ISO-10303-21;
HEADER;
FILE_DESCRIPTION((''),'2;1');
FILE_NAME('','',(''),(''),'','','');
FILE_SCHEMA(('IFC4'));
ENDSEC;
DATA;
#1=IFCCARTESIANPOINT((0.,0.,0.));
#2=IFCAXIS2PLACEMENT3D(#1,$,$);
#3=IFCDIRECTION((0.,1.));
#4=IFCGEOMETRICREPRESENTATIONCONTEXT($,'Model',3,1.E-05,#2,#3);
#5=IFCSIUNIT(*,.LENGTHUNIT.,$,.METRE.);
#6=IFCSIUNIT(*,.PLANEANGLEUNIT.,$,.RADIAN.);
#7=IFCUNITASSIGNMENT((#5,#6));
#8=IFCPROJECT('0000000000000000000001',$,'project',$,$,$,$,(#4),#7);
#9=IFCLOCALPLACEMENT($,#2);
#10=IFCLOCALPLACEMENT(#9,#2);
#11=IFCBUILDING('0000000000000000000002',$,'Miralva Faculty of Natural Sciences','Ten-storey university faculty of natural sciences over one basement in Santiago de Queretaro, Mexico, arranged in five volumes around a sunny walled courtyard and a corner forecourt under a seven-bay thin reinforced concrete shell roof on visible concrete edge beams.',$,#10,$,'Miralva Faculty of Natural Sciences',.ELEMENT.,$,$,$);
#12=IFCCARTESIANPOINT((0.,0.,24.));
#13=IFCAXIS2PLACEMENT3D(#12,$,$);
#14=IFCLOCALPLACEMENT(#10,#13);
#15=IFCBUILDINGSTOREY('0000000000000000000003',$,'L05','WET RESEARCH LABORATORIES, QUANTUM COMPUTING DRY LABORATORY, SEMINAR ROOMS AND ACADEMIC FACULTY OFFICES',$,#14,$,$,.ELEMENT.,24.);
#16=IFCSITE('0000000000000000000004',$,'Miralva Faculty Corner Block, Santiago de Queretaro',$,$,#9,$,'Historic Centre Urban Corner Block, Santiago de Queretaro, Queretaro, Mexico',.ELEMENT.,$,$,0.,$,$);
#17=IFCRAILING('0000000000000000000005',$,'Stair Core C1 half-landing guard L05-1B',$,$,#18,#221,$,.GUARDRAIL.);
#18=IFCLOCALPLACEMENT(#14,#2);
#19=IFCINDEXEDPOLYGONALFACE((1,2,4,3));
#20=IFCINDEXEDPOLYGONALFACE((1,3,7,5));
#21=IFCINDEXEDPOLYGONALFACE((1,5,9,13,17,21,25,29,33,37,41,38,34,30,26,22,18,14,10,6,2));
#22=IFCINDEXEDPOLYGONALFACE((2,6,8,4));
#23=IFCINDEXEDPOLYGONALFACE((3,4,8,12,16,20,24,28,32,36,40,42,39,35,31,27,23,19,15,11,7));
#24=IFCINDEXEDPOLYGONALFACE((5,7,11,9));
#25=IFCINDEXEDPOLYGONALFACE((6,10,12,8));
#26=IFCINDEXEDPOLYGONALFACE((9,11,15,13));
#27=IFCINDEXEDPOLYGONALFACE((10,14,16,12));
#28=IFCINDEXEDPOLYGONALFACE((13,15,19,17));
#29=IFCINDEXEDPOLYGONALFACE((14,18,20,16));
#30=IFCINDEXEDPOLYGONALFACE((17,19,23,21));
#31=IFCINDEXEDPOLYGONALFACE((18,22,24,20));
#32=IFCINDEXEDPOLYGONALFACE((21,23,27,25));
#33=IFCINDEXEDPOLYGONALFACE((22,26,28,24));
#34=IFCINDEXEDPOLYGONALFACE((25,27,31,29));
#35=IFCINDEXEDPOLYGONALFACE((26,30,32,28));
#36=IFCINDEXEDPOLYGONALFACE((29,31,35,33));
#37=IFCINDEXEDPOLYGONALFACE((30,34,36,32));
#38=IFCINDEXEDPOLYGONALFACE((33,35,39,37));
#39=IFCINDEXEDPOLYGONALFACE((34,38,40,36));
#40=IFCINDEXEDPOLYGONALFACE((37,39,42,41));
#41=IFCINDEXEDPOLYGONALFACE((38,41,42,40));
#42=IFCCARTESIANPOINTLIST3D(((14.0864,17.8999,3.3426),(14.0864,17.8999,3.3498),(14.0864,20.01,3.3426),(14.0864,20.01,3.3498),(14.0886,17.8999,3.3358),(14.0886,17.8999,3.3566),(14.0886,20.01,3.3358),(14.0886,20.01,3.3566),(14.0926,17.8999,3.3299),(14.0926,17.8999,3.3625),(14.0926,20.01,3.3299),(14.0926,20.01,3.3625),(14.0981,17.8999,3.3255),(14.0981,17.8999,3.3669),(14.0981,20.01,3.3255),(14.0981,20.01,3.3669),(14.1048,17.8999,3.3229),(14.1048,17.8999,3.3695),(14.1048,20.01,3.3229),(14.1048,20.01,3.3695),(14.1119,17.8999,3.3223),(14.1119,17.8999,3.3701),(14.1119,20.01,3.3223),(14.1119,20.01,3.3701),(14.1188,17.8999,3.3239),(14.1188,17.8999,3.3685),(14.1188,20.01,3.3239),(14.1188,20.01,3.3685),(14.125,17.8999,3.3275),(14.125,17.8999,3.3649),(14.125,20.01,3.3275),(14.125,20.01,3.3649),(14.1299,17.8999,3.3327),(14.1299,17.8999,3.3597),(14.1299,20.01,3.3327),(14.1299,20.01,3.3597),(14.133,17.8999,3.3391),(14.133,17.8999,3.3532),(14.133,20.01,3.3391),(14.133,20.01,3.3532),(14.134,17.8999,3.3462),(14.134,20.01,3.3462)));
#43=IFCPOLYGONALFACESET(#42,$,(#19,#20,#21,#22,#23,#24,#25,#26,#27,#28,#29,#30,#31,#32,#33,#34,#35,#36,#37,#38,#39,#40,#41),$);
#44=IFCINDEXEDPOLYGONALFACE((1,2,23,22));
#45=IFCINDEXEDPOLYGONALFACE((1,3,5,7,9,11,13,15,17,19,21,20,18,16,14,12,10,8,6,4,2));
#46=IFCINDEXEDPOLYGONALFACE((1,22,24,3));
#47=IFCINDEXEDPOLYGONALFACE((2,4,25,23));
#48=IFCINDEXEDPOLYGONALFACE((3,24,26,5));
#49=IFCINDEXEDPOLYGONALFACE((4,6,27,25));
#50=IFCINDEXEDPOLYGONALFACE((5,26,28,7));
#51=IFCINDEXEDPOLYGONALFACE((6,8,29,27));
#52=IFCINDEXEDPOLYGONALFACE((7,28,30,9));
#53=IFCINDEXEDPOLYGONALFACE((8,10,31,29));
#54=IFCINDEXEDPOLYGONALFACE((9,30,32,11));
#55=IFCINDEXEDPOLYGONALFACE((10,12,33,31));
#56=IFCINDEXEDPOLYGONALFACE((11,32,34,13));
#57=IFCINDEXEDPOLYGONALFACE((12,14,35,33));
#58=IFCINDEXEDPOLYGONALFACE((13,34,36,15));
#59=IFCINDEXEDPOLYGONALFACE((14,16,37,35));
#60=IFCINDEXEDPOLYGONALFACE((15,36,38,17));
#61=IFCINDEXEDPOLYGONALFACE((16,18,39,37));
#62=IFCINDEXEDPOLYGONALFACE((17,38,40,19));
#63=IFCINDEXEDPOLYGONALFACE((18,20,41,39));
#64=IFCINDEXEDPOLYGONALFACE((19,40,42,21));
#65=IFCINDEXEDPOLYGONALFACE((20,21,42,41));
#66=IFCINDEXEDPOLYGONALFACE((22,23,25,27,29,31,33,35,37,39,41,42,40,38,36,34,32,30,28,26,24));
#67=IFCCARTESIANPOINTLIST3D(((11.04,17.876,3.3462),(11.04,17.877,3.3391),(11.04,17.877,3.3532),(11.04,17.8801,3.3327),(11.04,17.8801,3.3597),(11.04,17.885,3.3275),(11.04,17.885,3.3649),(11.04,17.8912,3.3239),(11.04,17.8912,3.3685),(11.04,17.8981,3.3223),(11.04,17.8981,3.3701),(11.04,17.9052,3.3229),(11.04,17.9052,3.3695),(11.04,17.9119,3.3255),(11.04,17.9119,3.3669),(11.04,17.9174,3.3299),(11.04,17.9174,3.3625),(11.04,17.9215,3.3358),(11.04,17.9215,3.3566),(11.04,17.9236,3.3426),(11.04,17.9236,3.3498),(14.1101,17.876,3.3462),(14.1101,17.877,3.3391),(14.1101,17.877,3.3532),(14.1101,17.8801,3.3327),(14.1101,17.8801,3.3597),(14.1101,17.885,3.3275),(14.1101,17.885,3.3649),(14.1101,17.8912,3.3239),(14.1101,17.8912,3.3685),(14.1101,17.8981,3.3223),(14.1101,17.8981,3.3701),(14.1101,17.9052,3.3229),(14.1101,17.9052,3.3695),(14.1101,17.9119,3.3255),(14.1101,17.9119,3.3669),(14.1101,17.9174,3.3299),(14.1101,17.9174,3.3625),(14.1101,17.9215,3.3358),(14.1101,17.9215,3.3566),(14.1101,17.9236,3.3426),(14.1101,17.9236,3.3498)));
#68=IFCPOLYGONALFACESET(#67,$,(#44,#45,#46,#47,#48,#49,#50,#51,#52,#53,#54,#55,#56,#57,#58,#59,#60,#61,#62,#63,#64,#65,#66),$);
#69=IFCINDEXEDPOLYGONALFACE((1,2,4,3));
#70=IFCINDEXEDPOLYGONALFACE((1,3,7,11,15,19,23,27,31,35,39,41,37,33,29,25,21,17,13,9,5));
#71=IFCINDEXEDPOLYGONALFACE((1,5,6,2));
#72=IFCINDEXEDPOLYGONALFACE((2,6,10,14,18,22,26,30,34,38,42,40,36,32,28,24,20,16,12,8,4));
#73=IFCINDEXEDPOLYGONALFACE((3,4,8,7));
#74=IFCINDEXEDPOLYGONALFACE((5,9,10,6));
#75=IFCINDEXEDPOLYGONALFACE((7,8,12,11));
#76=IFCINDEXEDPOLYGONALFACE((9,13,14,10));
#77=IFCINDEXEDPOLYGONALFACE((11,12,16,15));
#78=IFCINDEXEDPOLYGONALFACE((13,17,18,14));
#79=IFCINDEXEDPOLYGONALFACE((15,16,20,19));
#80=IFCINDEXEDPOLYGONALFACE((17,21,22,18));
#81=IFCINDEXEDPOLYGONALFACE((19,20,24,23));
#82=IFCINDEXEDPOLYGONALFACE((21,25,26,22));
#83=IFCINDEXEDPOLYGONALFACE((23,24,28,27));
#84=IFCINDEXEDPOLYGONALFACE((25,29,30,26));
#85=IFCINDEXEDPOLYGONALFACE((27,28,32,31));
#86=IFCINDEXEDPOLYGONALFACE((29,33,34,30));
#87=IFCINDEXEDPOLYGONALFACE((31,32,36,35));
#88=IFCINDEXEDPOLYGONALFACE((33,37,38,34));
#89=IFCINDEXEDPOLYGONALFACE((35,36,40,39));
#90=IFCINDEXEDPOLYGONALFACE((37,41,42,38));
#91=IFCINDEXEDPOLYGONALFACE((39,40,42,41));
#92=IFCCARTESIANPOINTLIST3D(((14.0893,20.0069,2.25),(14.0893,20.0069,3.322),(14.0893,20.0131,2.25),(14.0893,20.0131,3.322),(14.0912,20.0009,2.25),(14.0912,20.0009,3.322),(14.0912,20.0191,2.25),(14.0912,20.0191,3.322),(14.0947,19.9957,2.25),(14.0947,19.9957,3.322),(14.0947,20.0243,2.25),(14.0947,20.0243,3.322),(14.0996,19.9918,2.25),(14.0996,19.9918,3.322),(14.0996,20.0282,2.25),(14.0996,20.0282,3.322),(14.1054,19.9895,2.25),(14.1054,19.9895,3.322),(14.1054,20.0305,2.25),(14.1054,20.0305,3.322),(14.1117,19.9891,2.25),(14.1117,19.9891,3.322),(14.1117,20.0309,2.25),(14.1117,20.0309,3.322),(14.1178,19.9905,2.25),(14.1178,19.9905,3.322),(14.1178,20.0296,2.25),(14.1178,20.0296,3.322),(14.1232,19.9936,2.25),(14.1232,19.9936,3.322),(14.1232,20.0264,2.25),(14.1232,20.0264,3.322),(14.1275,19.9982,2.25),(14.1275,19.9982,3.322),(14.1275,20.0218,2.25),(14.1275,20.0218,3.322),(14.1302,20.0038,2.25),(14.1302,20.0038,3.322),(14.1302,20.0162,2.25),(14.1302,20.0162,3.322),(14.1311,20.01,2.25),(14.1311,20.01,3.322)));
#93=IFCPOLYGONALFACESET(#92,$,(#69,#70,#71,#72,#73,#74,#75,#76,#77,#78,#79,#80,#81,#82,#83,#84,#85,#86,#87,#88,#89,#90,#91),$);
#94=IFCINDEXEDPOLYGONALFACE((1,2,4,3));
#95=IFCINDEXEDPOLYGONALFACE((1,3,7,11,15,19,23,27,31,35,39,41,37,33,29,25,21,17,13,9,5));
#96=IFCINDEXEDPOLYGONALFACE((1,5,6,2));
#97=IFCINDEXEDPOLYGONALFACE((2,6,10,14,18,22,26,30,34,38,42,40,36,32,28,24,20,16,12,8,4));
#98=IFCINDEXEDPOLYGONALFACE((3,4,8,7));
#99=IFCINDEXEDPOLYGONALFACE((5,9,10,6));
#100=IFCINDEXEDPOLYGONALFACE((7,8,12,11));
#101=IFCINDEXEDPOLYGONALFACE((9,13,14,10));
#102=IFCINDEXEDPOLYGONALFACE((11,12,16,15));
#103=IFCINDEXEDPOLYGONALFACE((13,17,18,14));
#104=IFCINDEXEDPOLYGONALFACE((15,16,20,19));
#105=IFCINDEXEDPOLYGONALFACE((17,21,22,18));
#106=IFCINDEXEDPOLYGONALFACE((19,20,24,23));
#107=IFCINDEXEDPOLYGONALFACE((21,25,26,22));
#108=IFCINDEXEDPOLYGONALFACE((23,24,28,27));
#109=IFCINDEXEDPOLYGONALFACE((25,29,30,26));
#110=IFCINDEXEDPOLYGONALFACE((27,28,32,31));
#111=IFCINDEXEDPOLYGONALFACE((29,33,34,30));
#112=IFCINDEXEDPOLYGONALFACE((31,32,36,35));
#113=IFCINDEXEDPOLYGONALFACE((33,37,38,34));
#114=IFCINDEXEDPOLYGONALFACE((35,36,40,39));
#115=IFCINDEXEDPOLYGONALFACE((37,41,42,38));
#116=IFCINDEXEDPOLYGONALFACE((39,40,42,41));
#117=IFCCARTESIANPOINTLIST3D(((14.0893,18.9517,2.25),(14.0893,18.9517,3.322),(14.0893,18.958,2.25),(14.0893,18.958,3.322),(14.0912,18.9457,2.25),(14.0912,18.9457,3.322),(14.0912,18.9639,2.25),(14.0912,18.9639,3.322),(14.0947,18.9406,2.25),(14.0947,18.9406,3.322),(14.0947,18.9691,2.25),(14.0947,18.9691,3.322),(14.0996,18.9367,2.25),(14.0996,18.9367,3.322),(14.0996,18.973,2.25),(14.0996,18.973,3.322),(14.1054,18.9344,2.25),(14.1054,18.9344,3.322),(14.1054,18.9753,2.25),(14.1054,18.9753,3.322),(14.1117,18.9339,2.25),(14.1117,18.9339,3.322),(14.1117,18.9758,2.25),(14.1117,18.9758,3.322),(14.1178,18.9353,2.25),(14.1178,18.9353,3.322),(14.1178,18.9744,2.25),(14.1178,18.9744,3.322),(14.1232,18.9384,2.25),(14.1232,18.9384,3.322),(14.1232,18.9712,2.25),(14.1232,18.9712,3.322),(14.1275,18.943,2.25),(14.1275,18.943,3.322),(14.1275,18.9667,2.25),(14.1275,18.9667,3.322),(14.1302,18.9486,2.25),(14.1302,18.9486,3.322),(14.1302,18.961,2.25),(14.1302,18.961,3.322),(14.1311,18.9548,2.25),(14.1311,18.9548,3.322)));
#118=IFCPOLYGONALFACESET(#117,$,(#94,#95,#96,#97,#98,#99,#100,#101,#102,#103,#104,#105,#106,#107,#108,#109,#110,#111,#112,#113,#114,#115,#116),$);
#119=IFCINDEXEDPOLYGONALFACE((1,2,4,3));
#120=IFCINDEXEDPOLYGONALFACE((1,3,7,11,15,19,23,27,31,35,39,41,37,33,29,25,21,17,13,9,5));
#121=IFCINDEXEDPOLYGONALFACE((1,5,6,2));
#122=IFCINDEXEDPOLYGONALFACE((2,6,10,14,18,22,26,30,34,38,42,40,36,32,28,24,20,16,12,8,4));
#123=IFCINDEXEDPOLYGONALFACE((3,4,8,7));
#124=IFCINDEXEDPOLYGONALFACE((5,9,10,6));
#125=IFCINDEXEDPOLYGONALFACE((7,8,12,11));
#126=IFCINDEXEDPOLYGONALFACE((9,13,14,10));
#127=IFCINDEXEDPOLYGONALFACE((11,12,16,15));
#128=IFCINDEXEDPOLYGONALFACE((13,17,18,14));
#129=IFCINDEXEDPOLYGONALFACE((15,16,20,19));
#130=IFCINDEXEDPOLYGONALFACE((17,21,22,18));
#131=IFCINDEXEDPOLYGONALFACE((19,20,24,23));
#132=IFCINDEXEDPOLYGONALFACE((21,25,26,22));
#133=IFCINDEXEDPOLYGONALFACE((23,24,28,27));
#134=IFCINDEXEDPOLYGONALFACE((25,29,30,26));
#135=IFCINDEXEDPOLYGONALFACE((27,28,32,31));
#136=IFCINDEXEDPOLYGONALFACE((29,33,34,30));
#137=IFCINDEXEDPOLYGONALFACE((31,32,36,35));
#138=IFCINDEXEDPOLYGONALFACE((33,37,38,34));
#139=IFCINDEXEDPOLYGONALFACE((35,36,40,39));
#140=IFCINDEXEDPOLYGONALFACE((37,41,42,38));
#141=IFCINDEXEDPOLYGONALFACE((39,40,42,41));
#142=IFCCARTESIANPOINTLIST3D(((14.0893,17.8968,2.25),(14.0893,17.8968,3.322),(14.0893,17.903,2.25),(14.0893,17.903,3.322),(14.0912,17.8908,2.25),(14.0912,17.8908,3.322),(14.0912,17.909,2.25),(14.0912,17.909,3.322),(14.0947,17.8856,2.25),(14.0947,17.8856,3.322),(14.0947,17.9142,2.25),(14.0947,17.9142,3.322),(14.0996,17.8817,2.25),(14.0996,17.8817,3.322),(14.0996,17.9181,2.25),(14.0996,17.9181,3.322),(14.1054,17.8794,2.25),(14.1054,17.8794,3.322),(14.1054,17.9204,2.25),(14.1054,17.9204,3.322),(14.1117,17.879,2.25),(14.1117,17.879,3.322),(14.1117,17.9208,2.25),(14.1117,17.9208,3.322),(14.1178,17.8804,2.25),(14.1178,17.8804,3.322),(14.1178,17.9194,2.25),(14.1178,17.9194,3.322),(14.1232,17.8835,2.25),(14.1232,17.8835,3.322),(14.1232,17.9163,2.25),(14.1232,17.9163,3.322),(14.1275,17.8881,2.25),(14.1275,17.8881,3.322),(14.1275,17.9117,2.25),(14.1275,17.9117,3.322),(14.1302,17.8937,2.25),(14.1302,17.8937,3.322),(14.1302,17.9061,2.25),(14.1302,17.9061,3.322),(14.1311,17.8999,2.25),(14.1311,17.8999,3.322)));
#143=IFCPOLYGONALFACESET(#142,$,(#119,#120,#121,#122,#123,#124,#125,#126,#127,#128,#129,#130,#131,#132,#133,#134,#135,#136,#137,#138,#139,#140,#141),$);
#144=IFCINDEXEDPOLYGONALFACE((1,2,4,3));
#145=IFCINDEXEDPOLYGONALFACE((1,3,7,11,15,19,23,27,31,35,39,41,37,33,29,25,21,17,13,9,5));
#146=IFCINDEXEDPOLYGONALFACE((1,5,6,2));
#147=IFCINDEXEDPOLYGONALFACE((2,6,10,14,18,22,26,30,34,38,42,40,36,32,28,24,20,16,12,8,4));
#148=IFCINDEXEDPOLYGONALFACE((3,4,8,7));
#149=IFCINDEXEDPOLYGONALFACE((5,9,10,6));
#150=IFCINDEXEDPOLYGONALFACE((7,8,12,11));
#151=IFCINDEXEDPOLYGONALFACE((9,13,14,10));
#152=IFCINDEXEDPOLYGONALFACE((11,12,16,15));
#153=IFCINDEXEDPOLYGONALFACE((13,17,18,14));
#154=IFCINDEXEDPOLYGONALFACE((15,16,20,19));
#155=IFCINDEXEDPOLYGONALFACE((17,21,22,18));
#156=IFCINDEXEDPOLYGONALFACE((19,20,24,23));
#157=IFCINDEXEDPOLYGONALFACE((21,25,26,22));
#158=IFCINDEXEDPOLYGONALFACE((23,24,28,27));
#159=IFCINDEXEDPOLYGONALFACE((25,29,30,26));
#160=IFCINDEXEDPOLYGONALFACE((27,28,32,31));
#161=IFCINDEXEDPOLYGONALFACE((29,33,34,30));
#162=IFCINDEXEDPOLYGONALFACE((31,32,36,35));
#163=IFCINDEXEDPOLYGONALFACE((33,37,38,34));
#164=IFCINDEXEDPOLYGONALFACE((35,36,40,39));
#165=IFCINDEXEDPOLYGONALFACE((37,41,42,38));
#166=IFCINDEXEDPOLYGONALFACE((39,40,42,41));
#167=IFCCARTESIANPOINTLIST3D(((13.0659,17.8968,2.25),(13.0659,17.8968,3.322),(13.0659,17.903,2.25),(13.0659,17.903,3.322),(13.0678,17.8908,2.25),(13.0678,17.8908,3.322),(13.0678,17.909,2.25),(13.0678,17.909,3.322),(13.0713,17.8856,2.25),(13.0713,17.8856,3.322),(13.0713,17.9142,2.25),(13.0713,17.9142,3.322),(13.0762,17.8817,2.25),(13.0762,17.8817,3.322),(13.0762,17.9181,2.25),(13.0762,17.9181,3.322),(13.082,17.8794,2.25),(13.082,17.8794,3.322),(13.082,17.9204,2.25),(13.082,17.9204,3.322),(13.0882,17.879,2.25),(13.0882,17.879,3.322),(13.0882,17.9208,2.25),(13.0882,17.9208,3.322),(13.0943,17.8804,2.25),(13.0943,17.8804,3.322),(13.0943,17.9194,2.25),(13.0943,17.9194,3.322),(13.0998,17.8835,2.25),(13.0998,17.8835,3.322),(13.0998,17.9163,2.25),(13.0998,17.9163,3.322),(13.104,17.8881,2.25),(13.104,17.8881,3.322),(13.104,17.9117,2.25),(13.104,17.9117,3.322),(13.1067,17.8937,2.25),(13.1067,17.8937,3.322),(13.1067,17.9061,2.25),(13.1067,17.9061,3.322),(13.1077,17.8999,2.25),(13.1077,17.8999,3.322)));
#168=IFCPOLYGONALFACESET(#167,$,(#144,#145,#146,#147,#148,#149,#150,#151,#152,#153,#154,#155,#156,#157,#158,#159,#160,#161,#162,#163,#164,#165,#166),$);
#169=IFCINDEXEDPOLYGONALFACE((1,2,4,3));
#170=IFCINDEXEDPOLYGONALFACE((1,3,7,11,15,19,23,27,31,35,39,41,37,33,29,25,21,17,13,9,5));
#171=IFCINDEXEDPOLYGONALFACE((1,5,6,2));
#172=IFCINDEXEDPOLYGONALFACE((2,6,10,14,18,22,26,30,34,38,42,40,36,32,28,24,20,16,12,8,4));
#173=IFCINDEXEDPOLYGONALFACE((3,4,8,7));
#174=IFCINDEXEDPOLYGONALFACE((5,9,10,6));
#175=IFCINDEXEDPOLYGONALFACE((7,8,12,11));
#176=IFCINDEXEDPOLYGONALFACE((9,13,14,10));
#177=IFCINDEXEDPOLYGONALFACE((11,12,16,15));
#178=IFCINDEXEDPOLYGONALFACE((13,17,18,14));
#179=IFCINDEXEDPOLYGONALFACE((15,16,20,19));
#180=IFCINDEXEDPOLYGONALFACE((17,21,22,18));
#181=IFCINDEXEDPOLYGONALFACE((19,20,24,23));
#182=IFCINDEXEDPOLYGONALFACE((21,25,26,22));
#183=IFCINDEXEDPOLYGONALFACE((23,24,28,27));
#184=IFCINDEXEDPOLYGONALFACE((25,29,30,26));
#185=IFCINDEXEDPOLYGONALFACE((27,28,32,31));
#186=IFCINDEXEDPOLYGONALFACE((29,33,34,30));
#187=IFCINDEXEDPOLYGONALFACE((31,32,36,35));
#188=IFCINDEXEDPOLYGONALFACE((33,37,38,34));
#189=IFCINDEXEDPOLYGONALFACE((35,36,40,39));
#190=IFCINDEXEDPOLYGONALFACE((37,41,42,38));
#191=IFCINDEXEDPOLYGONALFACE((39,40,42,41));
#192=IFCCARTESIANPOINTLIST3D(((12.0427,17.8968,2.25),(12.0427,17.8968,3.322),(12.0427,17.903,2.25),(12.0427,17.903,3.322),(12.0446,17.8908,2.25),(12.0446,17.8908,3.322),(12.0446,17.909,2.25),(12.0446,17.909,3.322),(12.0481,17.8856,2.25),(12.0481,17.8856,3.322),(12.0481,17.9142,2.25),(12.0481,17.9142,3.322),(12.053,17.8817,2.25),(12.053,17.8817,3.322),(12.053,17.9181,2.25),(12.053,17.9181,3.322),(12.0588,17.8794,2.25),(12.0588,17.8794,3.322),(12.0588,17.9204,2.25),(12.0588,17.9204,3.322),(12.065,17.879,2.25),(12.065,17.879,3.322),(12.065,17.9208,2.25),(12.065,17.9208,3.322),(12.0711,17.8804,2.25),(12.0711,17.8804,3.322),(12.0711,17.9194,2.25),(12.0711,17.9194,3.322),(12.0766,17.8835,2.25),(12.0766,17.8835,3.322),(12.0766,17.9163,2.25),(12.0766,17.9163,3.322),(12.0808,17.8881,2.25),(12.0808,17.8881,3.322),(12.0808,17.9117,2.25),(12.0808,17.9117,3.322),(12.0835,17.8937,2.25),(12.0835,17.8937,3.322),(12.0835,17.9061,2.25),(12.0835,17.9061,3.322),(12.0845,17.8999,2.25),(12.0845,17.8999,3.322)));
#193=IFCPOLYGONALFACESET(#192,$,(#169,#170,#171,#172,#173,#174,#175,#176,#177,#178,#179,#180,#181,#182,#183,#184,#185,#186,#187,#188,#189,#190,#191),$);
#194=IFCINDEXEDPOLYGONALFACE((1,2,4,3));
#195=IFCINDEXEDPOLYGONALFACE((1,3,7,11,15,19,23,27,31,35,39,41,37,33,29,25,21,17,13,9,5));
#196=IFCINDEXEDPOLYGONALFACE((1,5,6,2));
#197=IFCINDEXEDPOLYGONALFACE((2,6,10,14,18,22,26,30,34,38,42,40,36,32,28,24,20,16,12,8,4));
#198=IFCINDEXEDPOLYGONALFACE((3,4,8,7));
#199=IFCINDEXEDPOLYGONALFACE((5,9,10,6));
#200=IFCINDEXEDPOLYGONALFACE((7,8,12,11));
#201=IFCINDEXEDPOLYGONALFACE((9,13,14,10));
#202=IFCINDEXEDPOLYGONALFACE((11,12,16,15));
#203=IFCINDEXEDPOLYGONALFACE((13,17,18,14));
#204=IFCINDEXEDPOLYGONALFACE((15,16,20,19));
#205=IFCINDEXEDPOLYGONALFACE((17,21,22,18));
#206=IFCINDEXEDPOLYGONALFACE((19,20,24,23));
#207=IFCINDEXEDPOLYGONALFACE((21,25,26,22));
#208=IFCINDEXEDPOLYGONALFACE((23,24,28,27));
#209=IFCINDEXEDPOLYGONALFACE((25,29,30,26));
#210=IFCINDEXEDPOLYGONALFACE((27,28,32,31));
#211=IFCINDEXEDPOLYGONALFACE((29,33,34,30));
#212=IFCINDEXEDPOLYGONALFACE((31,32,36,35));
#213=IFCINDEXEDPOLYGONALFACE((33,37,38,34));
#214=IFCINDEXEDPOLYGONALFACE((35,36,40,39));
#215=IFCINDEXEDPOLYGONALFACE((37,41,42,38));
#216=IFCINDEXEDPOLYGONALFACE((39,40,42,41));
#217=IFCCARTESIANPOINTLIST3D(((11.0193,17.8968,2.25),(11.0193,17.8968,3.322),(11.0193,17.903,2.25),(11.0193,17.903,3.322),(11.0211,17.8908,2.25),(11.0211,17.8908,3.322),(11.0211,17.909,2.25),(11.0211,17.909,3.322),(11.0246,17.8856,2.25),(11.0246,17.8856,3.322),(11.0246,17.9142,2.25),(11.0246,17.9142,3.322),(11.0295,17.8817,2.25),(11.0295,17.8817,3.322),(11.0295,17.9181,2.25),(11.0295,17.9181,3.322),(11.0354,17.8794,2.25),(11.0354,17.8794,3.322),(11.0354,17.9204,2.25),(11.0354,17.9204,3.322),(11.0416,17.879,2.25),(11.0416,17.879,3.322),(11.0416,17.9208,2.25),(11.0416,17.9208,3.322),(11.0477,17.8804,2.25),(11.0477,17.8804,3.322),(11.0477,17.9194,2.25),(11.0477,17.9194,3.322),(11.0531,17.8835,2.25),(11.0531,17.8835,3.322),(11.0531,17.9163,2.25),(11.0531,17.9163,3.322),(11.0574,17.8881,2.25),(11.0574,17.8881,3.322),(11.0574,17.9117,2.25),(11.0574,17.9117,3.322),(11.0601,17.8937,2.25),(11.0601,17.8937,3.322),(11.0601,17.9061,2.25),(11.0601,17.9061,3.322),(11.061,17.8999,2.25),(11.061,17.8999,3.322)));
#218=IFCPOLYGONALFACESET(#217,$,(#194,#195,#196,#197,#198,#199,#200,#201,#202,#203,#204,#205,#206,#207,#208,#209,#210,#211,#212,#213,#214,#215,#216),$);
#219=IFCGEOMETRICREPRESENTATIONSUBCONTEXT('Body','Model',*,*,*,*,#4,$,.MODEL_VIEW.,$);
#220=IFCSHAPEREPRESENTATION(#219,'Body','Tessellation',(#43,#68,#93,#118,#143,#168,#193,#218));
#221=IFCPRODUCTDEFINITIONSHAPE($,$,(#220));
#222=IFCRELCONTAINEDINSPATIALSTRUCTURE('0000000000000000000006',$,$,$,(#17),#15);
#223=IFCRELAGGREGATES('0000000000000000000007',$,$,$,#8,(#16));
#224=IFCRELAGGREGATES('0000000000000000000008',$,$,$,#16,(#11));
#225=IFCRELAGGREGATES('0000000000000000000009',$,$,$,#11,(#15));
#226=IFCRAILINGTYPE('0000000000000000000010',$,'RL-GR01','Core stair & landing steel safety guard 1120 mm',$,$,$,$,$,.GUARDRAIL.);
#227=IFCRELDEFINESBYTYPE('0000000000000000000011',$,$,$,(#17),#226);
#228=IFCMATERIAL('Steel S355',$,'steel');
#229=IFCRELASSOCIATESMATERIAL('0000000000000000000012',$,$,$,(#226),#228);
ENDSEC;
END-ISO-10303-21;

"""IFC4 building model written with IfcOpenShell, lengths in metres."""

from ifc_helpers import new_model, si_unit, direction, frame, origin, origin_2d, place, context, subcontext, project, spatial, circle, extrude, material, type_object, element, save


model = new_model("IFC4")

# Units and contexts
model_context = context("Model", 3, precision=1e-05, world=origin(), true_north=direction((0.0, 1.0)))
body_context = subcontext(model_context, "Body", "Model", "MODEL_VIEW")
ifc_project = project(units=[si_unit("LENGTHUNIT", "METRE"), si_unit("PLANEANGLEUNIT", "RADIAN")], contexts=[model_context])

# Site, building, storey
site_placement = place(None, origin())
site = spatial("IfcSite", under=ifc_project, at=site_placement, Name="Miralva Faculty Corner Block, Santiago de Queretaro", LongName="Historic Centre Urban Corner Block, Santiago de Queretaro, Queretaro, Mexico", CompositionType="ELEMENT", RefElevation=0.0)
building_placement = place(site_placement, origin())
building = spatial("IfcBuilding", under=site, at=building_placement, Name="Miralva Faculty of Natural Sciences", Description="Ten-storey university faculty of natural sciences over one basement in Santiago de Queretaro, Mexico, arranged in five volumes around a sunny walled courtyard and a corner forecourt under a seven-bay thin reinforced concrete shell roof on visible concrete edge beams.", LongName="Miralva Faculty of Natural Sciences", CompositionType="ELEMENT")
storey_placement = place(building_placement, frame((0.0, 0.0, 24.0)))
storey = spatial("IfcBuildingStorey", under=building, at=storey_placement, Name="L05", Description="WET RESEARCH LABORATORIES, QUANTUM COMPUTING DRY LABORATORY, SEMINAR ROOMS AND ACADEMIC FACULTY OFFICES", CompositionType="ELEMENT", Elevation=24.0)

# Railing
ifc_material_1 = material(Name="Steel S355", Category="steel")
railing_type_1 = type_object("IfcRailingType", Name="RL-GR01", Description="Core stair & landing steel safety guard 1120 mm", PredefinedType="GUARDRAIL", material=ifc_material_1)
railing_1_placement = place(storey_placement, frame((14.1101, 20.01, 2.25)))
element("IfcRailing", 1, at=railing_1_placement, inside=storey, type_object=railing_type_1, Name="Stair Core C1 half-landing guard L05-1B", PredefinedType="GUARDRAIL", context=body_context, shape_type="SweptSolid", body=[
    extrude(circle(Radius=0.0239, at=origin_2d()), frame((0.0, 0.0, 1.0962), z_axis=(0.0, -1.0, 0.0), x_axis=(1.0, 0.0, 0.0)), (0.0, 0.0, 1.0), 2.1101),
    extrude(circle(Radius=0.0239, at=origin_2d()), frame((0.0, -2.1101, 1.0962), z_axis=(-1.0, 0.0, 0.0), x_axis=(0.0, -1.0, 0.0)), (0.0, 0.0, 1.0), 3.0701),
    extrude(circle(Radius=0.021, at=origin_2d()), origin(), (0.0, 0.0, 1.0), 1.072),
    extrude(circle(Radius=0.021, at=origin_2d()), frame((0.0, -1.0552, 0.0)), (0.0, 0.0, 1.0), 1.072),
    extrude(circle(Radius=0.021, at=origin_2d()), frame((0.0, -2.1101, 0.0)), (0.0, 0.0, 1.0), 1.072),
    extrude(circle(Radius=0.021, at=origin_2d()), frame((-1.0234, -2.1101, 0.0)), (0.0, 0.0, 1.0), 1.072),
    extrude(circle(Radius=0.021, at=origin_2d()), frame((-2.0466, -2.1101, 0.0)), (0.0, 0.0, 1.0), 1.072),
    extrude(circle(Radius=0.021, at=origin_2d()), frame((-3.0701, -2.1101, 0.0)), (0.0, 0.0, 1.0), 1.072),
])

save(model, "model.ifc")
